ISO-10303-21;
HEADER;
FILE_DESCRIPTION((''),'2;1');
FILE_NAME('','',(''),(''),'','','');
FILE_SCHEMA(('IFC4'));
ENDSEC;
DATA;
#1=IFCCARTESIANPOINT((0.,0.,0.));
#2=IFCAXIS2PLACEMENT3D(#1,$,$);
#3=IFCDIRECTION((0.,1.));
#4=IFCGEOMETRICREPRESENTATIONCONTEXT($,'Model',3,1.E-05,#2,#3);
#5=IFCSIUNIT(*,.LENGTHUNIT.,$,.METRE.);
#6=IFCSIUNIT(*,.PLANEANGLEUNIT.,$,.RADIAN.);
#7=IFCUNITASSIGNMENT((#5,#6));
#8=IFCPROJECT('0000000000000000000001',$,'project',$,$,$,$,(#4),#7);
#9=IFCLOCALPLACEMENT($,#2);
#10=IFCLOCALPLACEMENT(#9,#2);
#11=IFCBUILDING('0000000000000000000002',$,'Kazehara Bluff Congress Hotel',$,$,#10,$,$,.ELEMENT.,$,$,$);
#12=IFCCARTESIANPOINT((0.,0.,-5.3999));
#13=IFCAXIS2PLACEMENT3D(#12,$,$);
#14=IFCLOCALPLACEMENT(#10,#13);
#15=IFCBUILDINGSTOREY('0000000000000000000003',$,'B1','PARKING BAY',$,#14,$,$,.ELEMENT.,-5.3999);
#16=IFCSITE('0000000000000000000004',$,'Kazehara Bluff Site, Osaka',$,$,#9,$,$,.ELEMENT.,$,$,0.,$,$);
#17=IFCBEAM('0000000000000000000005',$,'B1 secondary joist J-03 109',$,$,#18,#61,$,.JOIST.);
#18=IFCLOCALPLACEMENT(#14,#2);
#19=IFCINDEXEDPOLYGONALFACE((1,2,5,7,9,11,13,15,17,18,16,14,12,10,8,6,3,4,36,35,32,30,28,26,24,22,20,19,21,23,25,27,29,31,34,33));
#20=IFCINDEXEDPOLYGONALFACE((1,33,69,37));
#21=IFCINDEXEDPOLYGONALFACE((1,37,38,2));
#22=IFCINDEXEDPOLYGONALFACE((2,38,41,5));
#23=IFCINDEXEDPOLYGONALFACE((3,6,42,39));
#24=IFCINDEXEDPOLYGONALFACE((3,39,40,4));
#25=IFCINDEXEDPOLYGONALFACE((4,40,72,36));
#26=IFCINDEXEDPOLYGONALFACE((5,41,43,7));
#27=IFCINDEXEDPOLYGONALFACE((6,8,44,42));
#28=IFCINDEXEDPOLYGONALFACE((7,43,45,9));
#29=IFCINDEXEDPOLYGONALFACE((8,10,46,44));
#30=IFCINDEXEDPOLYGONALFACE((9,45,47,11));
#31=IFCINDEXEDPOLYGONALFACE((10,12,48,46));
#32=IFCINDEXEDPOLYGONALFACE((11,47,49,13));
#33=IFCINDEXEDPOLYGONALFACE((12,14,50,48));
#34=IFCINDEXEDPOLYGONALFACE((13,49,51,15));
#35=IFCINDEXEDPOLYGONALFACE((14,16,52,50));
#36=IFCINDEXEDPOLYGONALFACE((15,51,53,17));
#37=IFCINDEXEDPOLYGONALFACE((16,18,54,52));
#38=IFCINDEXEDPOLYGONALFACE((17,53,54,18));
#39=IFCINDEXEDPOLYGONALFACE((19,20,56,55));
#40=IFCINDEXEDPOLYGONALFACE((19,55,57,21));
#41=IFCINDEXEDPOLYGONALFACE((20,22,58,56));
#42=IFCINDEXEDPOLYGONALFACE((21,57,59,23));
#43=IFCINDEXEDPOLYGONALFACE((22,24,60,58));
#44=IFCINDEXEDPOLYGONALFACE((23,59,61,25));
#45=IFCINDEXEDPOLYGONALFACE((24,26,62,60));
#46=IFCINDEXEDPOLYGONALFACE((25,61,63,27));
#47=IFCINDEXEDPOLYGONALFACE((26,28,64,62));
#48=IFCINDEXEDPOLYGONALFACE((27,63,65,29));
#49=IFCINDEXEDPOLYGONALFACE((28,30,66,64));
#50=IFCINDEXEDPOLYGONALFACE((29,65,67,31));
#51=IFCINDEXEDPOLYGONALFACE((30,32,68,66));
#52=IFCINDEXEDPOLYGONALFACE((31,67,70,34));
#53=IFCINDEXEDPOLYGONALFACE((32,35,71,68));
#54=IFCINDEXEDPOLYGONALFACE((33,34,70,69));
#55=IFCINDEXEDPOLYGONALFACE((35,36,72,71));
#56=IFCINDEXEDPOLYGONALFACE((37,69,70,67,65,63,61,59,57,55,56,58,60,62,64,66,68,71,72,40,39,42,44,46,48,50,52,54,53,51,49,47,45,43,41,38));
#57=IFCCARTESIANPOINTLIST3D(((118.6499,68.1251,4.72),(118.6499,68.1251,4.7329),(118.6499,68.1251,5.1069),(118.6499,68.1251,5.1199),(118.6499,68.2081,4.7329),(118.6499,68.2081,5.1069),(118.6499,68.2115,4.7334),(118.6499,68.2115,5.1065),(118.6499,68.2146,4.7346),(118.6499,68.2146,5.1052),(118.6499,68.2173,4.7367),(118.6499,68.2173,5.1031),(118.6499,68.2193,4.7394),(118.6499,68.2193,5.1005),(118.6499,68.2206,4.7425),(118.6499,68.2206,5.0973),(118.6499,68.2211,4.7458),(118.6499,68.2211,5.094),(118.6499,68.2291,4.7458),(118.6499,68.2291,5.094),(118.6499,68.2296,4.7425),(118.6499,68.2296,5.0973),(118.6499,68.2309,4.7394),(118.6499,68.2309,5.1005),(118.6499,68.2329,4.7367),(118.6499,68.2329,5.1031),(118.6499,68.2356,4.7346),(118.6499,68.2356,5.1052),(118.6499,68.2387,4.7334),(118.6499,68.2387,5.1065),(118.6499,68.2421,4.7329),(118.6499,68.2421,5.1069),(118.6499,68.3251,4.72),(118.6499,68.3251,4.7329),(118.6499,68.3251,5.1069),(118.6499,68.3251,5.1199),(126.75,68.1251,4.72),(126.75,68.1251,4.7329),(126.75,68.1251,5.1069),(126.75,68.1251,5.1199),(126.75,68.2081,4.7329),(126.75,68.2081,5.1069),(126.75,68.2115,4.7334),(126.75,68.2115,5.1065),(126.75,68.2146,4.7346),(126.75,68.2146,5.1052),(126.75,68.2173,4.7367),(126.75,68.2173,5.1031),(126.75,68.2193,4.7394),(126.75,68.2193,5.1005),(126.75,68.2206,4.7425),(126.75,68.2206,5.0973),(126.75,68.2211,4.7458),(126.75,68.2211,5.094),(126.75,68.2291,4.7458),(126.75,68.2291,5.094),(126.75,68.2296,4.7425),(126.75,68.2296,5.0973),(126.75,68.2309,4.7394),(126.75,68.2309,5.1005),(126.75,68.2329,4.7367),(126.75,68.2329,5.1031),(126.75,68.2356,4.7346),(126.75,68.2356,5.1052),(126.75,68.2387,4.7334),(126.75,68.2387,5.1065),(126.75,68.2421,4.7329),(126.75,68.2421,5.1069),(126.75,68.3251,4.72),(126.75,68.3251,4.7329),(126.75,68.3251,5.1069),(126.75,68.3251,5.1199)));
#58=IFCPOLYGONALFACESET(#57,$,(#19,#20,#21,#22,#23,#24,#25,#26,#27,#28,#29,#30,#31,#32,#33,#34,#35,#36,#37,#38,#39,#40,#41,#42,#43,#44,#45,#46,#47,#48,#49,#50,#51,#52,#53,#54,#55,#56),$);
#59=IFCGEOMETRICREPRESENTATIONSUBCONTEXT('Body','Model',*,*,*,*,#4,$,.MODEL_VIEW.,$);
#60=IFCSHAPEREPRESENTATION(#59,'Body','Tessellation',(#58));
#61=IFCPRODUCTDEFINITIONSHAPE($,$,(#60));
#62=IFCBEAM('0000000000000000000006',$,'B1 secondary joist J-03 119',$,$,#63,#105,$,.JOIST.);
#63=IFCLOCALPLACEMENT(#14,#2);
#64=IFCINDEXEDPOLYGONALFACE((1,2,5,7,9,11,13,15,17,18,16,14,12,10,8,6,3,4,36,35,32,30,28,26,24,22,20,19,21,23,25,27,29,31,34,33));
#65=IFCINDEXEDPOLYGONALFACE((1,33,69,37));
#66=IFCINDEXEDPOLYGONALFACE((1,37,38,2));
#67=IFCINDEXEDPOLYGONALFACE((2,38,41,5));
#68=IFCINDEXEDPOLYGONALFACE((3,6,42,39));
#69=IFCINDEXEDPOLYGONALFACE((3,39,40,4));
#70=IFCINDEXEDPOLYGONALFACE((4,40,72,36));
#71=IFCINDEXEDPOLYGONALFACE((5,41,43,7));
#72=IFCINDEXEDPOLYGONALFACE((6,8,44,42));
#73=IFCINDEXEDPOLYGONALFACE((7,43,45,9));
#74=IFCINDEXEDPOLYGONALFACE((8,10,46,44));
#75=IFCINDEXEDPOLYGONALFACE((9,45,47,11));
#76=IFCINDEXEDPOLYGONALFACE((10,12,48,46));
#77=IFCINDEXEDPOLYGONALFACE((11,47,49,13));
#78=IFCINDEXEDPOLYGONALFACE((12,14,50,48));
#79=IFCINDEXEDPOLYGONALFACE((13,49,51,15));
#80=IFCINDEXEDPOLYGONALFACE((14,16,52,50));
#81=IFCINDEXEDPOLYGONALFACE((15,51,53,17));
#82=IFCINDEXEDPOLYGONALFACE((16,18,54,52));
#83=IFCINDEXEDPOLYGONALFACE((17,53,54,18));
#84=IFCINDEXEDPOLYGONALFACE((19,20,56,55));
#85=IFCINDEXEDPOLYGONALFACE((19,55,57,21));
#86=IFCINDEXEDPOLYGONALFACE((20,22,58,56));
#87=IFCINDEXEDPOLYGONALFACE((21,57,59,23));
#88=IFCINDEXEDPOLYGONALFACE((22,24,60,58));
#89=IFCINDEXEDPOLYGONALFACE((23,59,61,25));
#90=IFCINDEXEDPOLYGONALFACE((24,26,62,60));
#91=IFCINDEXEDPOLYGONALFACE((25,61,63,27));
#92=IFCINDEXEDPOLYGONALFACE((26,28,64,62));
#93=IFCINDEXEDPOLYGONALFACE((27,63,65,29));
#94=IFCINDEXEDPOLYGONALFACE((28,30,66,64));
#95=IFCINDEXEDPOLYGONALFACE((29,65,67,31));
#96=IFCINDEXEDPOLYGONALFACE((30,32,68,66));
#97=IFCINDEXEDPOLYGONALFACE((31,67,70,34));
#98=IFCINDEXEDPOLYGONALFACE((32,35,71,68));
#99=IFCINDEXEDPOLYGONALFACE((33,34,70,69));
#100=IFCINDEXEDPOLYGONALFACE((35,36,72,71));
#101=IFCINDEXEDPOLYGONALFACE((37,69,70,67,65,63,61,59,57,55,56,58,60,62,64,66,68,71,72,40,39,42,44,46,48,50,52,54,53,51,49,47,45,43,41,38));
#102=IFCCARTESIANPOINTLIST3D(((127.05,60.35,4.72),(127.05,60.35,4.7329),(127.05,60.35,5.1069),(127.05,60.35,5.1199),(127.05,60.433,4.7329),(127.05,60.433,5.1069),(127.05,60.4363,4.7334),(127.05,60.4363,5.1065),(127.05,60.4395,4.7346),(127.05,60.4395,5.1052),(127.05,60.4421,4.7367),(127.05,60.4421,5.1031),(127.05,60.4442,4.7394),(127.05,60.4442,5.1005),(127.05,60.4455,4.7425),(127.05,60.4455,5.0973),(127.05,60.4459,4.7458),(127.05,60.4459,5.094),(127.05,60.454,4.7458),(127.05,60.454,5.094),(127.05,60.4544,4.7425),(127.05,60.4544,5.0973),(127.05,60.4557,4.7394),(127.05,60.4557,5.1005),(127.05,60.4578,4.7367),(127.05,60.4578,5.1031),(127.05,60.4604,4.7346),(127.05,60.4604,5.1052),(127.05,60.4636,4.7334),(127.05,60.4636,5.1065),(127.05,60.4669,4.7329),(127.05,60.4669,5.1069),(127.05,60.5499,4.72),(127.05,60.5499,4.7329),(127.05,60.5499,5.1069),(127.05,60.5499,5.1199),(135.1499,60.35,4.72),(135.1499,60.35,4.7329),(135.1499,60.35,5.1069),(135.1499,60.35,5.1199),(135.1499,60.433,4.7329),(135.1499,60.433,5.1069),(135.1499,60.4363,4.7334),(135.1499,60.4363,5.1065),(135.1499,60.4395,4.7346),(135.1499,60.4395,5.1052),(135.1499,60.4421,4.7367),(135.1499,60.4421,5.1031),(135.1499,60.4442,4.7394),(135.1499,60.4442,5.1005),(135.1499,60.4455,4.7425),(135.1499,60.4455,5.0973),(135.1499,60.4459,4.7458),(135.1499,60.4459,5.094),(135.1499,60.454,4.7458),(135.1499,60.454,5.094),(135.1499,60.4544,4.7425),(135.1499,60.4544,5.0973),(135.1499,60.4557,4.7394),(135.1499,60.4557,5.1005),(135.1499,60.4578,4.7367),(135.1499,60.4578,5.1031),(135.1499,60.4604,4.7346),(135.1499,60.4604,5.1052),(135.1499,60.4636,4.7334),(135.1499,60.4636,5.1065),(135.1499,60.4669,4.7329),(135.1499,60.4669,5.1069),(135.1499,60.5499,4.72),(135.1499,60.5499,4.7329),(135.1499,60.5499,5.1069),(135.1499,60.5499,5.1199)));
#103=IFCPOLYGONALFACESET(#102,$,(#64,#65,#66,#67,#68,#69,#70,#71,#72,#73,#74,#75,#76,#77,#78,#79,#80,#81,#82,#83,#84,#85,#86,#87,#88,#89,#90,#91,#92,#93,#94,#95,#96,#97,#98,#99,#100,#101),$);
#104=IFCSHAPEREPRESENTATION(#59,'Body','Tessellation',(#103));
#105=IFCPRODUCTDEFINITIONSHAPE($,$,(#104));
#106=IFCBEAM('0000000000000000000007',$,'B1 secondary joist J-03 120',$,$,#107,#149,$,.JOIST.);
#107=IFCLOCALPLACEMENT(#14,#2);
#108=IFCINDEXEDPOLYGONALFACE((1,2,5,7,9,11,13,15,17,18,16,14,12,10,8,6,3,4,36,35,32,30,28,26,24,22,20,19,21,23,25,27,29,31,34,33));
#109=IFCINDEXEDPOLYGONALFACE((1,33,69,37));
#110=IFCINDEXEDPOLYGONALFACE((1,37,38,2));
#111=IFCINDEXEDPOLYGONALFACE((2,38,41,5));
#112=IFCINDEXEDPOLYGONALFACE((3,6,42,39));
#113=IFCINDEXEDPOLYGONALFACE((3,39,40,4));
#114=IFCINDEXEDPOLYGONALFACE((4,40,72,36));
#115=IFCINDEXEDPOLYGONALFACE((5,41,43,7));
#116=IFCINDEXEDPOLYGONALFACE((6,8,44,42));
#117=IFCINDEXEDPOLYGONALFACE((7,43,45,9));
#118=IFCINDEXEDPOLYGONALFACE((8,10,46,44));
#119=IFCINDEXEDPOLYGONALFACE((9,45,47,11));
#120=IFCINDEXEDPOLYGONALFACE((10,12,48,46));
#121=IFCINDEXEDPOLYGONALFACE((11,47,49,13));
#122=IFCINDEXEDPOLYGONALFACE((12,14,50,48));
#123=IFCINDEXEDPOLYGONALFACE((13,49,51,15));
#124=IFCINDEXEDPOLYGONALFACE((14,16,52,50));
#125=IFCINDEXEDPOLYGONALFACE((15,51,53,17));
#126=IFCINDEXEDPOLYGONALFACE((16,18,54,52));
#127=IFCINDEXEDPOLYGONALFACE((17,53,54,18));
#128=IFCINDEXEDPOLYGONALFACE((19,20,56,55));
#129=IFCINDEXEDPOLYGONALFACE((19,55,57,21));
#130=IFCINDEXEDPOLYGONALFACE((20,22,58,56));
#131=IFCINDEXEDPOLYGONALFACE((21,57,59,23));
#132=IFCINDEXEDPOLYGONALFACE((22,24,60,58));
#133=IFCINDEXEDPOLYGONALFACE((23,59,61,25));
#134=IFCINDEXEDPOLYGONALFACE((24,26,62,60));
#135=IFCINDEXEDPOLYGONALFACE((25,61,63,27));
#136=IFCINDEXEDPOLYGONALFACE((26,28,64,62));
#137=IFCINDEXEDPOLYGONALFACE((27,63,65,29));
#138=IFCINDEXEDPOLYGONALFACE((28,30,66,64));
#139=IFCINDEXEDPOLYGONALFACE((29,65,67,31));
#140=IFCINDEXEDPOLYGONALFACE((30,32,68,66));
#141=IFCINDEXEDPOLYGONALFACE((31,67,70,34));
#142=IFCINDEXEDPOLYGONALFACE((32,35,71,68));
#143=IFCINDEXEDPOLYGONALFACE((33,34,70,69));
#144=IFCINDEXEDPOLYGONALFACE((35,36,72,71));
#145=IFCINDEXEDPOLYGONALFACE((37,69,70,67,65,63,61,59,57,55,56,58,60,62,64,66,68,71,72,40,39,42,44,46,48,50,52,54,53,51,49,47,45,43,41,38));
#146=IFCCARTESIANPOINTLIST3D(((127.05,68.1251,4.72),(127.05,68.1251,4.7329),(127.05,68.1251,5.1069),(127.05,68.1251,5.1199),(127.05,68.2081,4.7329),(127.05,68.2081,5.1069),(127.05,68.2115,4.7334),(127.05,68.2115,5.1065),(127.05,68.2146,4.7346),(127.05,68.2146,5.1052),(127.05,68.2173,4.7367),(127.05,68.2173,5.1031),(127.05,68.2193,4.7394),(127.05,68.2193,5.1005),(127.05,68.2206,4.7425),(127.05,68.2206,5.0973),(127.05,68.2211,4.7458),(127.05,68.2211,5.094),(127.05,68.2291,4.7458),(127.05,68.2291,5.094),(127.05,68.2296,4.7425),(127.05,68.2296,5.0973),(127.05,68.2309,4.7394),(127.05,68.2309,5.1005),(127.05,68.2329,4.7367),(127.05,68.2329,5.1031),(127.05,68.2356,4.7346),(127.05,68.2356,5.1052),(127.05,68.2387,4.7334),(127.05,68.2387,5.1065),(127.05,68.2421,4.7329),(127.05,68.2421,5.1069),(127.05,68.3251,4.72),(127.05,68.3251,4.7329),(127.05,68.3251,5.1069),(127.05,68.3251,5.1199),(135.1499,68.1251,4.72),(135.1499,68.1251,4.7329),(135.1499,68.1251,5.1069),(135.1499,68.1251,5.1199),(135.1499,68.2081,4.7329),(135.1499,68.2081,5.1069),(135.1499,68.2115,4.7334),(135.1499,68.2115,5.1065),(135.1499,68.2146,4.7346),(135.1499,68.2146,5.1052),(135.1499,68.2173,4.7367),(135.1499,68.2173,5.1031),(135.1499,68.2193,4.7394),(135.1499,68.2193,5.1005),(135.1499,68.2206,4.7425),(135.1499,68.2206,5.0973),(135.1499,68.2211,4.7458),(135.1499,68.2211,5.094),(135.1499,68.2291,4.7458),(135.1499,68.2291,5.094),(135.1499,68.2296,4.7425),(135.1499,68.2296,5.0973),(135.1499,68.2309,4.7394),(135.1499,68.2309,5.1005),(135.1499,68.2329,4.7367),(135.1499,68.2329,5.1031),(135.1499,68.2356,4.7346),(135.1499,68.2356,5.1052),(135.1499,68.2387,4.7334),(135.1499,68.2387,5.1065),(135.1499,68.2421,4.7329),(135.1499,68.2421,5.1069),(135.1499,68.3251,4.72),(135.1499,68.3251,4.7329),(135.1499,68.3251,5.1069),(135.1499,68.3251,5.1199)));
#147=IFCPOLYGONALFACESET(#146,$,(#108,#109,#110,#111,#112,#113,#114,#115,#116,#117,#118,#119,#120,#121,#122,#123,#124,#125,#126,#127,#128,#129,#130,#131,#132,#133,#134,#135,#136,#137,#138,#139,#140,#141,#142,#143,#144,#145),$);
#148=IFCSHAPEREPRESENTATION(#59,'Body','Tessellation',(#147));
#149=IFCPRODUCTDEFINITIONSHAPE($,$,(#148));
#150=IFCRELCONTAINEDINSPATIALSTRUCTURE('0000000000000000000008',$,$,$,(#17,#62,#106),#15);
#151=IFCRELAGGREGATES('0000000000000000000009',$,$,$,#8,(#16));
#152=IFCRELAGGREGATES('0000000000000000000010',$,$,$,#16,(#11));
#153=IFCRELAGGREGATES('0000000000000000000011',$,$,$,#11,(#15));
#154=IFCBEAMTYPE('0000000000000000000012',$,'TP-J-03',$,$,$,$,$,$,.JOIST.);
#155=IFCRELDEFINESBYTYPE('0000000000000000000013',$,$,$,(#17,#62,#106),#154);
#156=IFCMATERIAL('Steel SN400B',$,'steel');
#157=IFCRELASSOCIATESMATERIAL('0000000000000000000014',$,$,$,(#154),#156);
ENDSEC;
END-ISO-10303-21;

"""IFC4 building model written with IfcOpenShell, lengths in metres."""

from ifc_helpers import new_model, si_unit, direction, frame, origin, origin_2d, place, context, subcontext, project, spatial, i_section, extrude, material, material_profile, profile_set, type_object, element, save


model = new_model("IFC4")

# Units and contexts
model_context = context("Model", 3, precision=1e-05, world=origin(), true_north=direction((0.0, 1.0)))
body_context = subcontext(model_context, "Body", "Model", "MODEL_VIEW")
ifc_project = project(units=[si_unit("LENGTHUNIT", "METRE"), si_unit("PLANEANGLEUNIT", "RADIAN")], contexts=[model_context])

# Site, building, storey
site_placement = place(None, origin())
site = spatial("IfcSite", under=ifc_project, at=site_placement, Name="Kazehara Bluff Site, Osaka", CompositionType="ELEMENT", RefElevation=0.0)
building_placement = place(site_placement, origin())
building = spatial("IfcBuilding", under=site, at=building_placement, Name="Kazehara Bluff Congress Hotel", CompositionType="ELEMENT")
storey_placement = place(building_placement, frame((0.0, 0.0, -5.3999)))
storey = spatial("IfcBuildingStorey", under=building, at=storey_placement, Name="B1", Description="PARKING BAY", CompositionType="ELEMENT", Elevation=-5.3999)

# Beams
ifc_material_1 = material(Name="Steel SN400B", Category="steel")
ifc_material_profile_1 = material_profile(ifc_material_1, i_section(OverallWidth=0.2, OverallDepth=0.3999, WebThickness=0.0081, FlangeThickness=0.0129, FilletRadius=0.0129, at=origin_2d()))
ifc_profile_set_1 = profile_set([ifc_material_profile_1], Name="Steel SN400B")
beam_type_1 = type_object("IfcBeamType", Name="TP-J-03", PredefinedType="JOIST", material=ifc_profile_set_1)
for number, where, z_axis, x_axis, name in (
    (1, (118.6499, 68.2251, 4.9199), (1.0, 0.0, 0.0), (0.0, 1.0, 0.0), "B1 secondary joist J-03 109"),
):
    element("IfcBeam", number, at=place(storey_placement, frame(where, z_axis=z_axis, x_axis=x_axis)), inside=storey, type_object=beam_type_1, Name=name, PredefinedType="JOIST", context=body_context, shape_type="SweptSolid", body=[
        extrude(i_section(OverallWidth=0.2, OverallDepth=0.3999, WebThickness=0.0081, FlangeThickness=0.0129, FilletRadius=0.0129, at=origin_2d()), origin(), (0.0, 0.0, 1.0), 8.1001),
    ])
for number, where, z_axis, x_axis, name in (
    (2, (127.05, 60.45, 4.9199), (1.0, 0.0, 0.0), (0.0, 1.0, 0.0), "B1 secondary joist J-03 119"),
    (3, (127.05, 68.2251, 4.9199), (1.0, 0.0, 0.0), (0.0, 1.0, 0.0), "B1 secondary joist J-03 120"),
):
    element("IfcBeam", number, at=place(storey_placement, frame(where, z_axis=z_axis, x_axis=x_axis)), inside=storey, type_object=beam_type_1, Name=name, PredefinedType="JOIST", context=body_context, shape_type="SweptSolid", body=[
        extrude(i_section(OverallWidth=0.2, OverallDepth=0.3999, WebThickness=0.0081, FlangeThickness=0.0129, FilletRadius=0.0129, at=origin_2d()), origin(), (0.0, 0.0, 1.0), 8.0999),
    ])

save(model, "model.ifc")
